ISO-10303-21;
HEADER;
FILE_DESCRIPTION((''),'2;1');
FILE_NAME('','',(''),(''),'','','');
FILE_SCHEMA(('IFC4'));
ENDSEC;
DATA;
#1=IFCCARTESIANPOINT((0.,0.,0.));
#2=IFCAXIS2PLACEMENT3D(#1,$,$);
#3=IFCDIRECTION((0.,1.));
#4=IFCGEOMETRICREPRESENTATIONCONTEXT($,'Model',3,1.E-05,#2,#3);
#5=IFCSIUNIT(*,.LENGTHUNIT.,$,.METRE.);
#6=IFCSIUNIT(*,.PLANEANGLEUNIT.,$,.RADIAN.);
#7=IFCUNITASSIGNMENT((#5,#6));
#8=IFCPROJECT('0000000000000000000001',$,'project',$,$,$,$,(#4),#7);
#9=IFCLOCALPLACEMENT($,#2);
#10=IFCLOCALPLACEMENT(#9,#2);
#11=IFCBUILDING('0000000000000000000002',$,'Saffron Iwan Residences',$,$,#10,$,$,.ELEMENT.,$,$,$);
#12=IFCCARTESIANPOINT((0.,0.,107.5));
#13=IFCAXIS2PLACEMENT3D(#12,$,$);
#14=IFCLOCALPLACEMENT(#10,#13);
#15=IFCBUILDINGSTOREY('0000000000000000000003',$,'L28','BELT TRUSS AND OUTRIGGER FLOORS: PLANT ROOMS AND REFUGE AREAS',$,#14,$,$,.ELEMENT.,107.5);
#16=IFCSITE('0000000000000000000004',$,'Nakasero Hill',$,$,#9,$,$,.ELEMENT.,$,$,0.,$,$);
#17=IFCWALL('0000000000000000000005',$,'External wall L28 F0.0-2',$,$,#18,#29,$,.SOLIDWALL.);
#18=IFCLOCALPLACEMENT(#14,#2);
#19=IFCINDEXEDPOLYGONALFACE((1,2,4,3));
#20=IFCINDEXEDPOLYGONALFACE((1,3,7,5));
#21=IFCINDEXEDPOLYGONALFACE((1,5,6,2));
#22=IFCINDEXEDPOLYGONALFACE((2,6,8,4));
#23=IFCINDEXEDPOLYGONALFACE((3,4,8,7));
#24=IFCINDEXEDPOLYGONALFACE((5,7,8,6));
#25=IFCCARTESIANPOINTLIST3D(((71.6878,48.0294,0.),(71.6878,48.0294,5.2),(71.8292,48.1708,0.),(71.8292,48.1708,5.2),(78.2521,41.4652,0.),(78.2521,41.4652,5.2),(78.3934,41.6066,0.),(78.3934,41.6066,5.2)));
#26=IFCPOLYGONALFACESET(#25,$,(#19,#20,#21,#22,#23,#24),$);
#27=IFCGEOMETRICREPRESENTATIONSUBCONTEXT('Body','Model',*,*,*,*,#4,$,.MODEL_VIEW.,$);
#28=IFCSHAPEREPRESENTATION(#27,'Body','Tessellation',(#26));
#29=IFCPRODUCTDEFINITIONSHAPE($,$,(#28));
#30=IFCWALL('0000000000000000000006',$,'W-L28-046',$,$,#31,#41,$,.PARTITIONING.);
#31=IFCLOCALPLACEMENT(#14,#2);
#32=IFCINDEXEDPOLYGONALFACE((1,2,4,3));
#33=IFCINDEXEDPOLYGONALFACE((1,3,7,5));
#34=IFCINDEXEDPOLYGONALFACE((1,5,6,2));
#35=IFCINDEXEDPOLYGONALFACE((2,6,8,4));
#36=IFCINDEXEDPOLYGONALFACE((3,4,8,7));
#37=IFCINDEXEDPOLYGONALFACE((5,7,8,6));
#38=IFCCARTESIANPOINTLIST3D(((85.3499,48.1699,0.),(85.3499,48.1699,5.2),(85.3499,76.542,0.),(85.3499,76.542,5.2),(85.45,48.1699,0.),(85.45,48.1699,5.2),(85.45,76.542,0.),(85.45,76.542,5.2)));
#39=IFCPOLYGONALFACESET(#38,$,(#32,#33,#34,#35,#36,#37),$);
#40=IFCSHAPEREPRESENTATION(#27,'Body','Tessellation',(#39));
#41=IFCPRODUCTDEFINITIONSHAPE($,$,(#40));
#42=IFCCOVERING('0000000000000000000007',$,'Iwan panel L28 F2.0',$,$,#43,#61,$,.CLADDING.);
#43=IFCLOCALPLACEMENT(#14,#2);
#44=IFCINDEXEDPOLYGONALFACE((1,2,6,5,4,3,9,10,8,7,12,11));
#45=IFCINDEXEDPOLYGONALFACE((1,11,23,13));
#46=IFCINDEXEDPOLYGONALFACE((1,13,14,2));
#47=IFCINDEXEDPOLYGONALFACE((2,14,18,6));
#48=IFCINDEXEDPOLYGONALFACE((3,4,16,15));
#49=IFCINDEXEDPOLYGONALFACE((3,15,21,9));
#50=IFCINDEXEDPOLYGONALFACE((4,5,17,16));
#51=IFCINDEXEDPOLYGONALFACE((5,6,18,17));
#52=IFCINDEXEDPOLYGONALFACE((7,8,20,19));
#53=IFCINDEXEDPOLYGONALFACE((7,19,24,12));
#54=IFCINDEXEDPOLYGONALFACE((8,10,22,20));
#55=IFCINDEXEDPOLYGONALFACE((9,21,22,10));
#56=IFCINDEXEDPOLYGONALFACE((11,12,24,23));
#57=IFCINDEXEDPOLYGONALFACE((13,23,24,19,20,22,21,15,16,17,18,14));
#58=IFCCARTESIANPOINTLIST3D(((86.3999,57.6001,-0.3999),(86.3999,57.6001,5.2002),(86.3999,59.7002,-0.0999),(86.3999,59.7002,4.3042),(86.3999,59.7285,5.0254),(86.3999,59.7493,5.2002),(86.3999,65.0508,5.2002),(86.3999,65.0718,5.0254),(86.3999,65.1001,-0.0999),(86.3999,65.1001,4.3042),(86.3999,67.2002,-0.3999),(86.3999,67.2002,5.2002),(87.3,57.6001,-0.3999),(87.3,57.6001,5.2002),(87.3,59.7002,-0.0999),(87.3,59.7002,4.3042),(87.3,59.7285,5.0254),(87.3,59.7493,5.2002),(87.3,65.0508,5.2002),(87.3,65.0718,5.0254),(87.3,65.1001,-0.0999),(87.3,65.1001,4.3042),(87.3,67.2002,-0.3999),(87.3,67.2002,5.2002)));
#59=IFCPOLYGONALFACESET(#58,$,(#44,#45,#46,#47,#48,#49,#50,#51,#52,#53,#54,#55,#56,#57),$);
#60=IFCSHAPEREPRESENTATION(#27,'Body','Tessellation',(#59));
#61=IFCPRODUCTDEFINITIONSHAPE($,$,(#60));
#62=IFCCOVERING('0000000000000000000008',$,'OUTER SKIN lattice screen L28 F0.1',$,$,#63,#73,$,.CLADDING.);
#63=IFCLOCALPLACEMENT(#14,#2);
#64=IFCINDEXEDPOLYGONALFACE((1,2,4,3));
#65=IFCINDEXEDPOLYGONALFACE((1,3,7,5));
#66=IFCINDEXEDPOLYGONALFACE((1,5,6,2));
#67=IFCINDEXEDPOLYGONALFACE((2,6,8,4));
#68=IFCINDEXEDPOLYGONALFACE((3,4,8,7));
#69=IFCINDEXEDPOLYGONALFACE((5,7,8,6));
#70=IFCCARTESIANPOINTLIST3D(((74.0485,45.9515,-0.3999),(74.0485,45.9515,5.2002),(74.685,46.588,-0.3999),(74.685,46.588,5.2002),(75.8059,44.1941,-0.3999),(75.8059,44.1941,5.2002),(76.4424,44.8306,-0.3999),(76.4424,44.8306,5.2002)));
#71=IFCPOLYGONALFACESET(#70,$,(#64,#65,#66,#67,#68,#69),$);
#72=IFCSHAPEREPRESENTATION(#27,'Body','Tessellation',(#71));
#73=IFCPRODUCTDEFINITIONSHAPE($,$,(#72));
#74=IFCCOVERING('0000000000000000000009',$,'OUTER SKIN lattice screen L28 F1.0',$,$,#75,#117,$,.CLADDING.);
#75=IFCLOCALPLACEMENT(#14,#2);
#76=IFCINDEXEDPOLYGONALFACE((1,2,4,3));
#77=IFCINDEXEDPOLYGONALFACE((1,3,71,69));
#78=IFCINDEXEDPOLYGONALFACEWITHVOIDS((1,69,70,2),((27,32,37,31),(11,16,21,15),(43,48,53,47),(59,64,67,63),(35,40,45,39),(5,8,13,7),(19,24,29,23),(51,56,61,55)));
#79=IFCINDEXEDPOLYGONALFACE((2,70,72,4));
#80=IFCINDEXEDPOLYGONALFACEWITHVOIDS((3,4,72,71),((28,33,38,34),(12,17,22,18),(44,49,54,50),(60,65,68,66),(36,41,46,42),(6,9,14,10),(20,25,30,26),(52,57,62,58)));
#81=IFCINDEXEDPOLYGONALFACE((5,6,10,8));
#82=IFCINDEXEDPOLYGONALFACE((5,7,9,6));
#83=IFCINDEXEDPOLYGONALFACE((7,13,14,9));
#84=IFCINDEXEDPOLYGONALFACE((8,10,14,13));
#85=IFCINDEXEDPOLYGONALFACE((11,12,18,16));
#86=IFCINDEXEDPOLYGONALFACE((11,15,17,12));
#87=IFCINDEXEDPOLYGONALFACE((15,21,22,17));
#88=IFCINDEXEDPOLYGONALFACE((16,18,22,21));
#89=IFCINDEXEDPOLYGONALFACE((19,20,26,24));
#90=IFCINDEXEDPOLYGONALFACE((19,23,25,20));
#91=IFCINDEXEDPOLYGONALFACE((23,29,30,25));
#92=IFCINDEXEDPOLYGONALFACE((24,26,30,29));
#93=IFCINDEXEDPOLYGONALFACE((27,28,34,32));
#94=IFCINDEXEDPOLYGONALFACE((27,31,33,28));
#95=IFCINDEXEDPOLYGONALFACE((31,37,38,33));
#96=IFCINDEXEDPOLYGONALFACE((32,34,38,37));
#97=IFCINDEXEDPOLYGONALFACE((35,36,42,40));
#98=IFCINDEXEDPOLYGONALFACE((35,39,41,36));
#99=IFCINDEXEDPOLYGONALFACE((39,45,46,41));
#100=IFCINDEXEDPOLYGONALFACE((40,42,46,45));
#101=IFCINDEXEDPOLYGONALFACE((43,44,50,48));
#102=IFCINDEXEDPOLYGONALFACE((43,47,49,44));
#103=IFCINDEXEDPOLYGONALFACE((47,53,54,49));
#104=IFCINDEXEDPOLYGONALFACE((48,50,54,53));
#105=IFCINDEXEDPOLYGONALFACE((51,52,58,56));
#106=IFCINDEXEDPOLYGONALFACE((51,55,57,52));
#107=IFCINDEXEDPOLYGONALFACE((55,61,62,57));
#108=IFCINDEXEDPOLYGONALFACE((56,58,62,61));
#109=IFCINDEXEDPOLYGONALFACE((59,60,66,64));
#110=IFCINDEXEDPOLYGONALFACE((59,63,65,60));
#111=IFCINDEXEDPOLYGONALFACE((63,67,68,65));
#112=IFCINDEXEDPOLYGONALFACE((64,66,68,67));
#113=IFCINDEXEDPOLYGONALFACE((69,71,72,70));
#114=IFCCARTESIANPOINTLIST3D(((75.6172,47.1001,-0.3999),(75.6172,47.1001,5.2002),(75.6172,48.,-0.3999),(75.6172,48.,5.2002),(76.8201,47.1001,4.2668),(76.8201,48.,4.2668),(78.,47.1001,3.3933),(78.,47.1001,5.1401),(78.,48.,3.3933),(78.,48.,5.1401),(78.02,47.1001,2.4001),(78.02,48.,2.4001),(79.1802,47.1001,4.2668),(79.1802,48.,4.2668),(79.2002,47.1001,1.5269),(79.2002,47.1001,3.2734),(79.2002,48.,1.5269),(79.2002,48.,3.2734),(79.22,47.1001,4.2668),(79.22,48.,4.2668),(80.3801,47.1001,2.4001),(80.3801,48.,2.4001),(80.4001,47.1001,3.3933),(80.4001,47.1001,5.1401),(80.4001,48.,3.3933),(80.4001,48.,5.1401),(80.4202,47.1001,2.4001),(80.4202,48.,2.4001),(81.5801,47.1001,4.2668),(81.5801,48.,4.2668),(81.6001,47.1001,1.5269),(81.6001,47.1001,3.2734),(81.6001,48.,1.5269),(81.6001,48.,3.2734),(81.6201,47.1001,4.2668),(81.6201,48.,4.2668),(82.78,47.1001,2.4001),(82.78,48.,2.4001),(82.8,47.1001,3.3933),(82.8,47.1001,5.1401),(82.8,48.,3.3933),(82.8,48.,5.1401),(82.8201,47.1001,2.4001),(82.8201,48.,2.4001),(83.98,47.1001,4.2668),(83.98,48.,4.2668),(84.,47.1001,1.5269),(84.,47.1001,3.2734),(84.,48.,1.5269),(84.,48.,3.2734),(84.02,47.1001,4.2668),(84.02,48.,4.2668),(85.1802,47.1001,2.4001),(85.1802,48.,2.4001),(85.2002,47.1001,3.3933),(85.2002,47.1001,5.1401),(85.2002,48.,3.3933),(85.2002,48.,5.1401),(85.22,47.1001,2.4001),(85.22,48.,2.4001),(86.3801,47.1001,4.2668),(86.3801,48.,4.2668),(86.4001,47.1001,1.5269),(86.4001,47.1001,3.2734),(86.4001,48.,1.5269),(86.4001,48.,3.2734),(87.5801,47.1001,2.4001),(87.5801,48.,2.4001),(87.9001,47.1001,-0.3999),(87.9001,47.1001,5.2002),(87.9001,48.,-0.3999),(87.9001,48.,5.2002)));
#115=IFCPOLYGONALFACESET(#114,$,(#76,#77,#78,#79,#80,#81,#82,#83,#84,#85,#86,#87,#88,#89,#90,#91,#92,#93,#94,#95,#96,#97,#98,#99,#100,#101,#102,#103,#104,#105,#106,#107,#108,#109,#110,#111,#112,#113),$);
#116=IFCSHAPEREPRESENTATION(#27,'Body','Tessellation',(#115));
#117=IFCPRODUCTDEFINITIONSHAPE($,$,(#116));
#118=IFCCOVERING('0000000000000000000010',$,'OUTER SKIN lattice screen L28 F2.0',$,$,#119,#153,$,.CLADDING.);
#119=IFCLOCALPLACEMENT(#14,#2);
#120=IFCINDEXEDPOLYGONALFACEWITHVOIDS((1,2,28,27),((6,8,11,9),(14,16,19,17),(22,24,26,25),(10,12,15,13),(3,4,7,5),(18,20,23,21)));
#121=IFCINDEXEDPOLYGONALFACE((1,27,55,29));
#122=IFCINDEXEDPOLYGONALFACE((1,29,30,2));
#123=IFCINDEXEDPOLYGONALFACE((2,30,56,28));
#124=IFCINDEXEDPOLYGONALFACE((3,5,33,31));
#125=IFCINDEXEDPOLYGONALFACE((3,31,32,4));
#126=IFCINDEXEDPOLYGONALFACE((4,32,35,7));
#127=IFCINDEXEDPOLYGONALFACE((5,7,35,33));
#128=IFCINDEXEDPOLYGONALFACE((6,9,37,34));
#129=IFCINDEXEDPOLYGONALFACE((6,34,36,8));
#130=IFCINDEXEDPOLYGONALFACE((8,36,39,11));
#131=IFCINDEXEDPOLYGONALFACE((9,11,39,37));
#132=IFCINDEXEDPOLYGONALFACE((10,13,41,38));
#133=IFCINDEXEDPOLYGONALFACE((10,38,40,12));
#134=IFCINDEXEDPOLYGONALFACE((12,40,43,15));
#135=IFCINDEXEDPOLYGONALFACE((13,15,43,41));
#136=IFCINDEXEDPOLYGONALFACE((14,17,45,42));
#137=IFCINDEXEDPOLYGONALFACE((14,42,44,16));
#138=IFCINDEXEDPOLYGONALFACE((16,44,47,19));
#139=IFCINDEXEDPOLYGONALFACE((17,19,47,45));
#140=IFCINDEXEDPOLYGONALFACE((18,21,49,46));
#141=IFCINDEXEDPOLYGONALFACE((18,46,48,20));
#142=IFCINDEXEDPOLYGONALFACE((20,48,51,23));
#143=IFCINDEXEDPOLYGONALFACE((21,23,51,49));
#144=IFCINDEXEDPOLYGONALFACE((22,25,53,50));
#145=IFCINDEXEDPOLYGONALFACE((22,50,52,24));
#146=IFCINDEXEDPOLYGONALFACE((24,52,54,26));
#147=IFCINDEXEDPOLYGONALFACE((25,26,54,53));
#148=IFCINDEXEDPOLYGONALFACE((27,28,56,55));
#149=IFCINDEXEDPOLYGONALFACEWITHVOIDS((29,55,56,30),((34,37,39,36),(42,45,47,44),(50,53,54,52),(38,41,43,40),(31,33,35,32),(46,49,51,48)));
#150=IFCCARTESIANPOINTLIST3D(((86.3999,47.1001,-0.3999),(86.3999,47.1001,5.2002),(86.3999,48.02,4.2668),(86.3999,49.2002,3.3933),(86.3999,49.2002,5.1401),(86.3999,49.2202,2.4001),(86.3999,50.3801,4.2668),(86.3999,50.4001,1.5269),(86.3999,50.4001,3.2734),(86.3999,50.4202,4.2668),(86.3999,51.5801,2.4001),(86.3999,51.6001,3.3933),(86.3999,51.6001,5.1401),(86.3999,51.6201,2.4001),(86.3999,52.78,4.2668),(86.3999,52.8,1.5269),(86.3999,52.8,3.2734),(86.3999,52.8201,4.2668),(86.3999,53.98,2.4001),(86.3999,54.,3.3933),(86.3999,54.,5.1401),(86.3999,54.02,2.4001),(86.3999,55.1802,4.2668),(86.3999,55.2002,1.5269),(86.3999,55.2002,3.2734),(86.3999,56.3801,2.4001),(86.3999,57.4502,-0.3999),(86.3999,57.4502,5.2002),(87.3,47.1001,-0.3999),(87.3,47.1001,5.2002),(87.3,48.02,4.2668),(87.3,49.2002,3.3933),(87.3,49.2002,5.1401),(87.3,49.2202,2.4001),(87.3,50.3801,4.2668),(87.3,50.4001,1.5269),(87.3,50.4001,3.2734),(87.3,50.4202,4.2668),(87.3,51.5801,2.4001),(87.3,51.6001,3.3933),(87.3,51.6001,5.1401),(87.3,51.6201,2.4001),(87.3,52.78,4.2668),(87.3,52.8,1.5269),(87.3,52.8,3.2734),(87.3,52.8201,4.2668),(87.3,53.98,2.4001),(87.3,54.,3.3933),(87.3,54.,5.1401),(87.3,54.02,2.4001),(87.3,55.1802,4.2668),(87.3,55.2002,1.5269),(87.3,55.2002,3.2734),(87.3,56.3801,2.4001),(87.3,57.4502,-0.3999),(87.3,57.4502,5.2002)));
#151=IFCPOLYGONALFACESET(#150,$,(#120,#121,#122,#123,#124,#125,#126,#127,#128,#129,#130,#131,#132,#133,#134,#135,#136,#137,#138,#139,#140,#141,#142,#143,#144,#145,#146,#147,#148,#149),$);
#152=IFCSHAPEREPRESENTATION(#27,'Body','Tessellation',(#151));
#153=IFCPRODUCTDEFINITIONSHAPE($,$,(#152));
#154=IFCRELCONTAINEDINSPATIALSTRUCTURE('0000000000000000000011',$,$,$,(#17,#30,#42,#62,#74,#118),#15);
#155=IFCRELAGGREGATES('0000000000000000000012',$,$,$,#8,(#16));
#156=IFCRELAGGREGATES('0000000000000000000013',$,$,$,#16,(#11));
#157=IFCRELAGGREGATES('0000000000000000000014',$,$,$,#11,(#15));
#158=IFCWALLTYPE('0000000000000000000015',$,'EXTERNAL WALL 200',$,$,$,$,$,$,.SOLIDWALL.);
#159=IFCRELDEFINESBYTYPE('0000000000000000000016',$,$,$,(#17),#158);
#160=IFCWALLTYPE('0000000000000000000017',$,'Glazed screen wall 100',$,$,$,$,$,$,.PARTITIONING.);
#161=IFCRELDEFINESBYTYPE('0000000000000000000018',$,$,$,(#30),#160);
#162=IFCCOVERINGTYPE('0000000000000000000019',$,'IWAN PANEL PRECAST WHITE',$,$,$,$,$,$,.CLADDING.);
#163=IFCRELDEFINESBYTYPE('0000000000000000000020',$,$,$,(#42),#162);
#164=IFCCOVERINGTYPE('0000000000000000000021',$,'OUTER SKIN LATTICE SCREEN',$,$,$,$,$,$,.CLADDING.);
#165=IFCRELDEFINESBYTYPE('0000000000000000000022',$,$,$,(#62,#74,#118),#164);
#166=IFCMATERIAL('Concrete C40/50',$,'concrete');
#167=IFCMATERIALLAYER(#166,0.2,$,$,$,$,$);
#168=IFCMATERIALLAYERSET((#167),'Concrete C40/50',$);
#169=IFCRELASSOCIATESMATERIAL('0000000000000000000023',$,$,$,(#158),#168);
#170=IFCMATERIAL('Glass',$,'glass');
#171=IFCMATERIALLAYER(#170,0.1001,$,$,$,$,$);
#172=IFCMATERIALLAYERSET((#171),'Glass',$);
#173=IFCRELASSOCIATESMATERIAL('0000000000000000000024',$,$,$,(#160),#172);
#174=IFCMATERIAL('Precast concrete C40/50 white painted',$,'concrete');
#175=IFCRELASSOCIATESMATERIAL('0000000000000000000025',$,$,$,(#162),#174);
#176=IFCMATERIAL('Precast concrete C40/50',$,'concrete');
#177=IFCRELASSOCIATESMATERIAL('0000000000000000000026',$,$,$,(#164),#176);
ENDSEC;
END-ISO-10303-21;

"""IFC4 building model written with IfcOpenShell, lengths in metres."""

from ifc_helpers import new_model, si_unit, direction, frame, frame_2d, origin, place, context, subcontext, project, spatial, polyline, rectangle, outline, extrude, material, layer, layer_set, type_object, element, save


model = new_model("IFC4")

# Units and contexts
model_context = context("Model", 3, precision=1e-05, world=origin(), true_north=direction((0.0, 1.0)))
body_context = subcontext(model_context, "Body", "Model", "MODEL_VIEW")
ifc_project = project(units=[si_unit("LENGTHUNIT", "METRE"), si_unit("PLANEANGLEUNIT", "RADIAN")], contexts=[model_context])

# Site, building, storey
site_placement = place(None, origin())
site = spatial("IfcSite", under=ifc_project, at=site_placement, Name="Nakasero Hill", CompositionType="ELEMENT", RefElevation=0.0)
building_placement = place(site_placement, origin())
building = spatial("IfcBuilding", under=site, at=building_placement, Name="Saffron Iwan Residences", CompositionType="ELEMENT")
storey_placement = place(building_placement, frame((0.0, 0.0, 107.5)))
storey = spatial("IfcBuildingStorey", under=building, at=storey_placement, Name="L28", Description="BELT TRUSS AND OUTRIGGER FLOORS: PLANT ROOMS AND REFUGE AREAS", CompositionType="ELEMENT", Elevation=107.5)

# Walls
ifc_material_1 = material(Name="Concrete C40/50", Category="concrete")
ifc_layer_1 = layer(ifc_material_1, 0.2)
ifc_layer_set_1 = layer_set([ifc_layer_1], Name="Concrete C40/50")
wall_type_1 = type_object("IfcWallType", Name="EXTERNAL WALL 200", PredefinedType="SOLIDWALL", material=ifc_layer_set_1)
wall_1_placement = place(storey_placement, frame((78.3228, 41.5359, 0.0), z_axis=(0.0, 0.0, 1.0), x_axis=(-0.707107, 0.707107, 0.0)))
element("IfcWall", 1, at=wall_1_placement, inside=storey, type_object=wall_type_1, Name="External wall L28 F0.0-2", PredefinedType="SOLIDWALL", context=body_context, shape_type="SweptSolid", body=[
    extrude(rectangle(XDim=9.2832, YDim=0.2, at=frame_2d((4.6416, 0.0))), origin(), (0.0, 0.0, 1.0), 5.2),
])
ifc_material_2 = material(Name="Glass", Category="glass")
ifc_layer_2 = layer(ifc_material_2, 0.1001)
ifc_layer_set_2 = layer_set([ifc_layer_2], Name="Glass")
wall_type_2 = type_object("IfcWallType", Name="Glazed screen wall 100", PredefinedType="PARTITIONING", material=ifc_layer_set_2)
wall_2_placement = place(storey_placement, frame((85.3999, 48.1699, 0.0), z_axis=(0.0, 0.0, 1.0), x_axis=(0.0, 1.0, 0.0)))
element("IfcWall", 2, at=wall_2_placement, inside=storey, type_object=wall_type_2, Name="W-L28-046", PredefinedType="PARTITIONING", context=body_context, shape_type="SweptSolid", body=[
    extrude(rectangle(XDim=28.3721, YDim=0.1001, at=frame_2d((14.186, 0.0))), origin(), (0.0, 0.0, 1.0), 5.2),
])

# Coverings
ifc_material_3 = material(Name="Precast concrete C40/50 white painted", Category="concrete")
covering_type_1 = type_object("IfcCoveringType", Name="IWAN PANEL PRECAST WHITE", PredefinedType="CLADDING", material=ifc_material_3)
covering_1_placement = place(storey_placement, frame((86.3999, 57.6001, -0.3999), z_axis=(1.0, 0.0, 0.0), x_axis=(0.0, 1.0, 0.0)))
element("IfcCovering", 3, at=covering_1_placement, inside=storey, type_object=covering_type_1, Name="Iwan panel L28 F2.0", PredefinedType="CLADDING", context=body_context, shape_type="SweptSolid", body=[
    extrude(outline(polyline([(9.6001, 5.6001), (9.6001, 0.0), (0.0, 0.0), (0.0, 5.6001), (2.1492, 5.6001), (2.1284, 5.4253), (2.1001, 4.7041), (2.1001, 0.3), (7.5, 0.3), (7.5, 4.7041), (7.4717, 5.4253), (7.4507, 5.6001), (9.6001, 5.6001)])), origin(), (0.0, 0.0, 1.0), 0.9001),
])
ifc_material_4 = material(Name="Precast concrete C40/50", Category="concrete")
covering_type_2 = type_object("IfcCoveringType", Name="OUTER SKIN LATTICE SCREEN", PredefinedType="CLADDING", material=ifc_material_4)
covering_2_placement = place(storey_placement, frame((75.8059, 44.1941, -0.3999), z_axis=(0.707107, 0.707107, 0.0), x_axis=(-0.707107, 0.707107, 0.0)))
element("IfcCovering", 4, at=covering_2_placement, inside=storey, type_object=covering_type_2, Name="OUTER SKIN lattice screen L28 F0.1", PredefinedType="CLADDING", context=body_context, shape_type="SweptSolid", body=[
    extrude(outline(polyline([(0.0, 0.0), (2.4854, 0.0), (2.4854, 5.6001), (0.0, 5.6001), (0.0, 0.0)])), origin(), (0.0, 0.0, 1.0), 0.9001),
])
covering_3_placement = place(storey_placement, frame((75.6172, 48.0, -0.3999), z_axis=(0.0, -1.0, 0.0), x_axis=(1.0, 0.0, 0.0)))
element("IfcCovering", 5, at=covering_3_placement, inside=storey, type_object=covering_type_2, Name="OUTER SKIN lattice screen L28 F1.0", PredefinedType="CLADDING", context=body_context, shape_type="SweptSolid", body=[
    extrude(outline(polyline([(0.0, 0.0), (12.283, 0.0), (12.283, 5.6001), (0.0, 5.6001), (0.0, 0.0)]), holes=[polyline([(2.4028, 2.8), (3.583, 1.9268), (4.7629, 2.8), (3.583, 3.6733), (2.4028, 2.8)]), polyline([(4.803, 2.8), (5.9829, 1.9268), (7.1628, 2.8), (5.9829, 3.6733), (4.803, 2.8)]), polyline([(7.2029, 2.8), (8.3828, 1.9268), (9.563, 2.8), (8.3828, 3.6733), (7.2029, 2.8)]), polyline([(9.6028, 2.8), (10.783, 1.9268), (11.9629, 2.8), (10.783, 3.6733), (9.6028, 2.8)]), polyline([(1.2029, 4.6667), (2.3828, 3.7932), (3.563, 4.6667), (2.3828, 5.54), (1.2029, 4.6667)]), polyline([(3.6028, 4.6667), (4.783, 3.7932), (5.9629, 4.6667), (4.783, 5.54), (3.6028, 4.6667)]), polyline([(6.0029, 4.6667), (7.1829, 3.7932), (8.3628, 4.6667), (7.1829, 5.54), (6.0029, 4.6667)]), polyline([(8.4028, 4.6667), (9.583, 3.7932), (10.7629, 4.6667), (9.583, 5.54), (8.4028, 4.6667)])]), origin(), (0.0, 0.0, 1.0), 0.8999),
])
covering_4_placement = place(storey_placement, frame((86.3999, 47.1001, -0.3999), z_axis=(1.0, 0.0, 0.0), x_axis=(0.0, 1.0, 0.0)))
element("IfcCovering", 6, at=covering_4_placement, inside=storey, type_object=covering_type_2, Name="OUTER SKIN lattice screen L28 F2.0", PredefinedType="CLADDING", context=body_context, shape_type="SweptSolid", body=[
    extrude(outline(polyline([(0.0, 0.0), (10.3501, 0.0), (10.3501, 5.6001), (0.0, 5.6001), (0.0, 0.0)]), holes=[polyline([(2.1201, 2.8), (3.3, 1.9268), (4.48, 2.8), (3.3, 3.6733), (2.1201, 2.8)]), polyline([(4.52, 2.8), (5.7, 1.9268), (6.8799, 2.8), (5.7, 3.6733), (4.52, 2.8)]), polyline([(6.9199, 2.8), (8.1001, 1.9268), (9.28, 2.8), (8.1001, 3.6733), (6.9199, 2.8)]), polyline([(0.9199, 4.6667), (2.1001, 3.7932), (3.28, 4.6667), (2.1001, 5.54), (0.9199, 4.6667)]), polyline([(3.3201, 4.6667), (4.5, 3.7932), (5.6799, 4.6667), (4.5, 5.54), (3.3201, 4.6667)]), polyline([(5.72, 4.6667), (6.8999, 3.7932), (8.0801, 4.6667), (6.8999, 5.54), (5.72, 4.6667)])]), origin(), (0.0, 0.0, 1.0), 0.9001),
])

save(model, "model.ifc")
